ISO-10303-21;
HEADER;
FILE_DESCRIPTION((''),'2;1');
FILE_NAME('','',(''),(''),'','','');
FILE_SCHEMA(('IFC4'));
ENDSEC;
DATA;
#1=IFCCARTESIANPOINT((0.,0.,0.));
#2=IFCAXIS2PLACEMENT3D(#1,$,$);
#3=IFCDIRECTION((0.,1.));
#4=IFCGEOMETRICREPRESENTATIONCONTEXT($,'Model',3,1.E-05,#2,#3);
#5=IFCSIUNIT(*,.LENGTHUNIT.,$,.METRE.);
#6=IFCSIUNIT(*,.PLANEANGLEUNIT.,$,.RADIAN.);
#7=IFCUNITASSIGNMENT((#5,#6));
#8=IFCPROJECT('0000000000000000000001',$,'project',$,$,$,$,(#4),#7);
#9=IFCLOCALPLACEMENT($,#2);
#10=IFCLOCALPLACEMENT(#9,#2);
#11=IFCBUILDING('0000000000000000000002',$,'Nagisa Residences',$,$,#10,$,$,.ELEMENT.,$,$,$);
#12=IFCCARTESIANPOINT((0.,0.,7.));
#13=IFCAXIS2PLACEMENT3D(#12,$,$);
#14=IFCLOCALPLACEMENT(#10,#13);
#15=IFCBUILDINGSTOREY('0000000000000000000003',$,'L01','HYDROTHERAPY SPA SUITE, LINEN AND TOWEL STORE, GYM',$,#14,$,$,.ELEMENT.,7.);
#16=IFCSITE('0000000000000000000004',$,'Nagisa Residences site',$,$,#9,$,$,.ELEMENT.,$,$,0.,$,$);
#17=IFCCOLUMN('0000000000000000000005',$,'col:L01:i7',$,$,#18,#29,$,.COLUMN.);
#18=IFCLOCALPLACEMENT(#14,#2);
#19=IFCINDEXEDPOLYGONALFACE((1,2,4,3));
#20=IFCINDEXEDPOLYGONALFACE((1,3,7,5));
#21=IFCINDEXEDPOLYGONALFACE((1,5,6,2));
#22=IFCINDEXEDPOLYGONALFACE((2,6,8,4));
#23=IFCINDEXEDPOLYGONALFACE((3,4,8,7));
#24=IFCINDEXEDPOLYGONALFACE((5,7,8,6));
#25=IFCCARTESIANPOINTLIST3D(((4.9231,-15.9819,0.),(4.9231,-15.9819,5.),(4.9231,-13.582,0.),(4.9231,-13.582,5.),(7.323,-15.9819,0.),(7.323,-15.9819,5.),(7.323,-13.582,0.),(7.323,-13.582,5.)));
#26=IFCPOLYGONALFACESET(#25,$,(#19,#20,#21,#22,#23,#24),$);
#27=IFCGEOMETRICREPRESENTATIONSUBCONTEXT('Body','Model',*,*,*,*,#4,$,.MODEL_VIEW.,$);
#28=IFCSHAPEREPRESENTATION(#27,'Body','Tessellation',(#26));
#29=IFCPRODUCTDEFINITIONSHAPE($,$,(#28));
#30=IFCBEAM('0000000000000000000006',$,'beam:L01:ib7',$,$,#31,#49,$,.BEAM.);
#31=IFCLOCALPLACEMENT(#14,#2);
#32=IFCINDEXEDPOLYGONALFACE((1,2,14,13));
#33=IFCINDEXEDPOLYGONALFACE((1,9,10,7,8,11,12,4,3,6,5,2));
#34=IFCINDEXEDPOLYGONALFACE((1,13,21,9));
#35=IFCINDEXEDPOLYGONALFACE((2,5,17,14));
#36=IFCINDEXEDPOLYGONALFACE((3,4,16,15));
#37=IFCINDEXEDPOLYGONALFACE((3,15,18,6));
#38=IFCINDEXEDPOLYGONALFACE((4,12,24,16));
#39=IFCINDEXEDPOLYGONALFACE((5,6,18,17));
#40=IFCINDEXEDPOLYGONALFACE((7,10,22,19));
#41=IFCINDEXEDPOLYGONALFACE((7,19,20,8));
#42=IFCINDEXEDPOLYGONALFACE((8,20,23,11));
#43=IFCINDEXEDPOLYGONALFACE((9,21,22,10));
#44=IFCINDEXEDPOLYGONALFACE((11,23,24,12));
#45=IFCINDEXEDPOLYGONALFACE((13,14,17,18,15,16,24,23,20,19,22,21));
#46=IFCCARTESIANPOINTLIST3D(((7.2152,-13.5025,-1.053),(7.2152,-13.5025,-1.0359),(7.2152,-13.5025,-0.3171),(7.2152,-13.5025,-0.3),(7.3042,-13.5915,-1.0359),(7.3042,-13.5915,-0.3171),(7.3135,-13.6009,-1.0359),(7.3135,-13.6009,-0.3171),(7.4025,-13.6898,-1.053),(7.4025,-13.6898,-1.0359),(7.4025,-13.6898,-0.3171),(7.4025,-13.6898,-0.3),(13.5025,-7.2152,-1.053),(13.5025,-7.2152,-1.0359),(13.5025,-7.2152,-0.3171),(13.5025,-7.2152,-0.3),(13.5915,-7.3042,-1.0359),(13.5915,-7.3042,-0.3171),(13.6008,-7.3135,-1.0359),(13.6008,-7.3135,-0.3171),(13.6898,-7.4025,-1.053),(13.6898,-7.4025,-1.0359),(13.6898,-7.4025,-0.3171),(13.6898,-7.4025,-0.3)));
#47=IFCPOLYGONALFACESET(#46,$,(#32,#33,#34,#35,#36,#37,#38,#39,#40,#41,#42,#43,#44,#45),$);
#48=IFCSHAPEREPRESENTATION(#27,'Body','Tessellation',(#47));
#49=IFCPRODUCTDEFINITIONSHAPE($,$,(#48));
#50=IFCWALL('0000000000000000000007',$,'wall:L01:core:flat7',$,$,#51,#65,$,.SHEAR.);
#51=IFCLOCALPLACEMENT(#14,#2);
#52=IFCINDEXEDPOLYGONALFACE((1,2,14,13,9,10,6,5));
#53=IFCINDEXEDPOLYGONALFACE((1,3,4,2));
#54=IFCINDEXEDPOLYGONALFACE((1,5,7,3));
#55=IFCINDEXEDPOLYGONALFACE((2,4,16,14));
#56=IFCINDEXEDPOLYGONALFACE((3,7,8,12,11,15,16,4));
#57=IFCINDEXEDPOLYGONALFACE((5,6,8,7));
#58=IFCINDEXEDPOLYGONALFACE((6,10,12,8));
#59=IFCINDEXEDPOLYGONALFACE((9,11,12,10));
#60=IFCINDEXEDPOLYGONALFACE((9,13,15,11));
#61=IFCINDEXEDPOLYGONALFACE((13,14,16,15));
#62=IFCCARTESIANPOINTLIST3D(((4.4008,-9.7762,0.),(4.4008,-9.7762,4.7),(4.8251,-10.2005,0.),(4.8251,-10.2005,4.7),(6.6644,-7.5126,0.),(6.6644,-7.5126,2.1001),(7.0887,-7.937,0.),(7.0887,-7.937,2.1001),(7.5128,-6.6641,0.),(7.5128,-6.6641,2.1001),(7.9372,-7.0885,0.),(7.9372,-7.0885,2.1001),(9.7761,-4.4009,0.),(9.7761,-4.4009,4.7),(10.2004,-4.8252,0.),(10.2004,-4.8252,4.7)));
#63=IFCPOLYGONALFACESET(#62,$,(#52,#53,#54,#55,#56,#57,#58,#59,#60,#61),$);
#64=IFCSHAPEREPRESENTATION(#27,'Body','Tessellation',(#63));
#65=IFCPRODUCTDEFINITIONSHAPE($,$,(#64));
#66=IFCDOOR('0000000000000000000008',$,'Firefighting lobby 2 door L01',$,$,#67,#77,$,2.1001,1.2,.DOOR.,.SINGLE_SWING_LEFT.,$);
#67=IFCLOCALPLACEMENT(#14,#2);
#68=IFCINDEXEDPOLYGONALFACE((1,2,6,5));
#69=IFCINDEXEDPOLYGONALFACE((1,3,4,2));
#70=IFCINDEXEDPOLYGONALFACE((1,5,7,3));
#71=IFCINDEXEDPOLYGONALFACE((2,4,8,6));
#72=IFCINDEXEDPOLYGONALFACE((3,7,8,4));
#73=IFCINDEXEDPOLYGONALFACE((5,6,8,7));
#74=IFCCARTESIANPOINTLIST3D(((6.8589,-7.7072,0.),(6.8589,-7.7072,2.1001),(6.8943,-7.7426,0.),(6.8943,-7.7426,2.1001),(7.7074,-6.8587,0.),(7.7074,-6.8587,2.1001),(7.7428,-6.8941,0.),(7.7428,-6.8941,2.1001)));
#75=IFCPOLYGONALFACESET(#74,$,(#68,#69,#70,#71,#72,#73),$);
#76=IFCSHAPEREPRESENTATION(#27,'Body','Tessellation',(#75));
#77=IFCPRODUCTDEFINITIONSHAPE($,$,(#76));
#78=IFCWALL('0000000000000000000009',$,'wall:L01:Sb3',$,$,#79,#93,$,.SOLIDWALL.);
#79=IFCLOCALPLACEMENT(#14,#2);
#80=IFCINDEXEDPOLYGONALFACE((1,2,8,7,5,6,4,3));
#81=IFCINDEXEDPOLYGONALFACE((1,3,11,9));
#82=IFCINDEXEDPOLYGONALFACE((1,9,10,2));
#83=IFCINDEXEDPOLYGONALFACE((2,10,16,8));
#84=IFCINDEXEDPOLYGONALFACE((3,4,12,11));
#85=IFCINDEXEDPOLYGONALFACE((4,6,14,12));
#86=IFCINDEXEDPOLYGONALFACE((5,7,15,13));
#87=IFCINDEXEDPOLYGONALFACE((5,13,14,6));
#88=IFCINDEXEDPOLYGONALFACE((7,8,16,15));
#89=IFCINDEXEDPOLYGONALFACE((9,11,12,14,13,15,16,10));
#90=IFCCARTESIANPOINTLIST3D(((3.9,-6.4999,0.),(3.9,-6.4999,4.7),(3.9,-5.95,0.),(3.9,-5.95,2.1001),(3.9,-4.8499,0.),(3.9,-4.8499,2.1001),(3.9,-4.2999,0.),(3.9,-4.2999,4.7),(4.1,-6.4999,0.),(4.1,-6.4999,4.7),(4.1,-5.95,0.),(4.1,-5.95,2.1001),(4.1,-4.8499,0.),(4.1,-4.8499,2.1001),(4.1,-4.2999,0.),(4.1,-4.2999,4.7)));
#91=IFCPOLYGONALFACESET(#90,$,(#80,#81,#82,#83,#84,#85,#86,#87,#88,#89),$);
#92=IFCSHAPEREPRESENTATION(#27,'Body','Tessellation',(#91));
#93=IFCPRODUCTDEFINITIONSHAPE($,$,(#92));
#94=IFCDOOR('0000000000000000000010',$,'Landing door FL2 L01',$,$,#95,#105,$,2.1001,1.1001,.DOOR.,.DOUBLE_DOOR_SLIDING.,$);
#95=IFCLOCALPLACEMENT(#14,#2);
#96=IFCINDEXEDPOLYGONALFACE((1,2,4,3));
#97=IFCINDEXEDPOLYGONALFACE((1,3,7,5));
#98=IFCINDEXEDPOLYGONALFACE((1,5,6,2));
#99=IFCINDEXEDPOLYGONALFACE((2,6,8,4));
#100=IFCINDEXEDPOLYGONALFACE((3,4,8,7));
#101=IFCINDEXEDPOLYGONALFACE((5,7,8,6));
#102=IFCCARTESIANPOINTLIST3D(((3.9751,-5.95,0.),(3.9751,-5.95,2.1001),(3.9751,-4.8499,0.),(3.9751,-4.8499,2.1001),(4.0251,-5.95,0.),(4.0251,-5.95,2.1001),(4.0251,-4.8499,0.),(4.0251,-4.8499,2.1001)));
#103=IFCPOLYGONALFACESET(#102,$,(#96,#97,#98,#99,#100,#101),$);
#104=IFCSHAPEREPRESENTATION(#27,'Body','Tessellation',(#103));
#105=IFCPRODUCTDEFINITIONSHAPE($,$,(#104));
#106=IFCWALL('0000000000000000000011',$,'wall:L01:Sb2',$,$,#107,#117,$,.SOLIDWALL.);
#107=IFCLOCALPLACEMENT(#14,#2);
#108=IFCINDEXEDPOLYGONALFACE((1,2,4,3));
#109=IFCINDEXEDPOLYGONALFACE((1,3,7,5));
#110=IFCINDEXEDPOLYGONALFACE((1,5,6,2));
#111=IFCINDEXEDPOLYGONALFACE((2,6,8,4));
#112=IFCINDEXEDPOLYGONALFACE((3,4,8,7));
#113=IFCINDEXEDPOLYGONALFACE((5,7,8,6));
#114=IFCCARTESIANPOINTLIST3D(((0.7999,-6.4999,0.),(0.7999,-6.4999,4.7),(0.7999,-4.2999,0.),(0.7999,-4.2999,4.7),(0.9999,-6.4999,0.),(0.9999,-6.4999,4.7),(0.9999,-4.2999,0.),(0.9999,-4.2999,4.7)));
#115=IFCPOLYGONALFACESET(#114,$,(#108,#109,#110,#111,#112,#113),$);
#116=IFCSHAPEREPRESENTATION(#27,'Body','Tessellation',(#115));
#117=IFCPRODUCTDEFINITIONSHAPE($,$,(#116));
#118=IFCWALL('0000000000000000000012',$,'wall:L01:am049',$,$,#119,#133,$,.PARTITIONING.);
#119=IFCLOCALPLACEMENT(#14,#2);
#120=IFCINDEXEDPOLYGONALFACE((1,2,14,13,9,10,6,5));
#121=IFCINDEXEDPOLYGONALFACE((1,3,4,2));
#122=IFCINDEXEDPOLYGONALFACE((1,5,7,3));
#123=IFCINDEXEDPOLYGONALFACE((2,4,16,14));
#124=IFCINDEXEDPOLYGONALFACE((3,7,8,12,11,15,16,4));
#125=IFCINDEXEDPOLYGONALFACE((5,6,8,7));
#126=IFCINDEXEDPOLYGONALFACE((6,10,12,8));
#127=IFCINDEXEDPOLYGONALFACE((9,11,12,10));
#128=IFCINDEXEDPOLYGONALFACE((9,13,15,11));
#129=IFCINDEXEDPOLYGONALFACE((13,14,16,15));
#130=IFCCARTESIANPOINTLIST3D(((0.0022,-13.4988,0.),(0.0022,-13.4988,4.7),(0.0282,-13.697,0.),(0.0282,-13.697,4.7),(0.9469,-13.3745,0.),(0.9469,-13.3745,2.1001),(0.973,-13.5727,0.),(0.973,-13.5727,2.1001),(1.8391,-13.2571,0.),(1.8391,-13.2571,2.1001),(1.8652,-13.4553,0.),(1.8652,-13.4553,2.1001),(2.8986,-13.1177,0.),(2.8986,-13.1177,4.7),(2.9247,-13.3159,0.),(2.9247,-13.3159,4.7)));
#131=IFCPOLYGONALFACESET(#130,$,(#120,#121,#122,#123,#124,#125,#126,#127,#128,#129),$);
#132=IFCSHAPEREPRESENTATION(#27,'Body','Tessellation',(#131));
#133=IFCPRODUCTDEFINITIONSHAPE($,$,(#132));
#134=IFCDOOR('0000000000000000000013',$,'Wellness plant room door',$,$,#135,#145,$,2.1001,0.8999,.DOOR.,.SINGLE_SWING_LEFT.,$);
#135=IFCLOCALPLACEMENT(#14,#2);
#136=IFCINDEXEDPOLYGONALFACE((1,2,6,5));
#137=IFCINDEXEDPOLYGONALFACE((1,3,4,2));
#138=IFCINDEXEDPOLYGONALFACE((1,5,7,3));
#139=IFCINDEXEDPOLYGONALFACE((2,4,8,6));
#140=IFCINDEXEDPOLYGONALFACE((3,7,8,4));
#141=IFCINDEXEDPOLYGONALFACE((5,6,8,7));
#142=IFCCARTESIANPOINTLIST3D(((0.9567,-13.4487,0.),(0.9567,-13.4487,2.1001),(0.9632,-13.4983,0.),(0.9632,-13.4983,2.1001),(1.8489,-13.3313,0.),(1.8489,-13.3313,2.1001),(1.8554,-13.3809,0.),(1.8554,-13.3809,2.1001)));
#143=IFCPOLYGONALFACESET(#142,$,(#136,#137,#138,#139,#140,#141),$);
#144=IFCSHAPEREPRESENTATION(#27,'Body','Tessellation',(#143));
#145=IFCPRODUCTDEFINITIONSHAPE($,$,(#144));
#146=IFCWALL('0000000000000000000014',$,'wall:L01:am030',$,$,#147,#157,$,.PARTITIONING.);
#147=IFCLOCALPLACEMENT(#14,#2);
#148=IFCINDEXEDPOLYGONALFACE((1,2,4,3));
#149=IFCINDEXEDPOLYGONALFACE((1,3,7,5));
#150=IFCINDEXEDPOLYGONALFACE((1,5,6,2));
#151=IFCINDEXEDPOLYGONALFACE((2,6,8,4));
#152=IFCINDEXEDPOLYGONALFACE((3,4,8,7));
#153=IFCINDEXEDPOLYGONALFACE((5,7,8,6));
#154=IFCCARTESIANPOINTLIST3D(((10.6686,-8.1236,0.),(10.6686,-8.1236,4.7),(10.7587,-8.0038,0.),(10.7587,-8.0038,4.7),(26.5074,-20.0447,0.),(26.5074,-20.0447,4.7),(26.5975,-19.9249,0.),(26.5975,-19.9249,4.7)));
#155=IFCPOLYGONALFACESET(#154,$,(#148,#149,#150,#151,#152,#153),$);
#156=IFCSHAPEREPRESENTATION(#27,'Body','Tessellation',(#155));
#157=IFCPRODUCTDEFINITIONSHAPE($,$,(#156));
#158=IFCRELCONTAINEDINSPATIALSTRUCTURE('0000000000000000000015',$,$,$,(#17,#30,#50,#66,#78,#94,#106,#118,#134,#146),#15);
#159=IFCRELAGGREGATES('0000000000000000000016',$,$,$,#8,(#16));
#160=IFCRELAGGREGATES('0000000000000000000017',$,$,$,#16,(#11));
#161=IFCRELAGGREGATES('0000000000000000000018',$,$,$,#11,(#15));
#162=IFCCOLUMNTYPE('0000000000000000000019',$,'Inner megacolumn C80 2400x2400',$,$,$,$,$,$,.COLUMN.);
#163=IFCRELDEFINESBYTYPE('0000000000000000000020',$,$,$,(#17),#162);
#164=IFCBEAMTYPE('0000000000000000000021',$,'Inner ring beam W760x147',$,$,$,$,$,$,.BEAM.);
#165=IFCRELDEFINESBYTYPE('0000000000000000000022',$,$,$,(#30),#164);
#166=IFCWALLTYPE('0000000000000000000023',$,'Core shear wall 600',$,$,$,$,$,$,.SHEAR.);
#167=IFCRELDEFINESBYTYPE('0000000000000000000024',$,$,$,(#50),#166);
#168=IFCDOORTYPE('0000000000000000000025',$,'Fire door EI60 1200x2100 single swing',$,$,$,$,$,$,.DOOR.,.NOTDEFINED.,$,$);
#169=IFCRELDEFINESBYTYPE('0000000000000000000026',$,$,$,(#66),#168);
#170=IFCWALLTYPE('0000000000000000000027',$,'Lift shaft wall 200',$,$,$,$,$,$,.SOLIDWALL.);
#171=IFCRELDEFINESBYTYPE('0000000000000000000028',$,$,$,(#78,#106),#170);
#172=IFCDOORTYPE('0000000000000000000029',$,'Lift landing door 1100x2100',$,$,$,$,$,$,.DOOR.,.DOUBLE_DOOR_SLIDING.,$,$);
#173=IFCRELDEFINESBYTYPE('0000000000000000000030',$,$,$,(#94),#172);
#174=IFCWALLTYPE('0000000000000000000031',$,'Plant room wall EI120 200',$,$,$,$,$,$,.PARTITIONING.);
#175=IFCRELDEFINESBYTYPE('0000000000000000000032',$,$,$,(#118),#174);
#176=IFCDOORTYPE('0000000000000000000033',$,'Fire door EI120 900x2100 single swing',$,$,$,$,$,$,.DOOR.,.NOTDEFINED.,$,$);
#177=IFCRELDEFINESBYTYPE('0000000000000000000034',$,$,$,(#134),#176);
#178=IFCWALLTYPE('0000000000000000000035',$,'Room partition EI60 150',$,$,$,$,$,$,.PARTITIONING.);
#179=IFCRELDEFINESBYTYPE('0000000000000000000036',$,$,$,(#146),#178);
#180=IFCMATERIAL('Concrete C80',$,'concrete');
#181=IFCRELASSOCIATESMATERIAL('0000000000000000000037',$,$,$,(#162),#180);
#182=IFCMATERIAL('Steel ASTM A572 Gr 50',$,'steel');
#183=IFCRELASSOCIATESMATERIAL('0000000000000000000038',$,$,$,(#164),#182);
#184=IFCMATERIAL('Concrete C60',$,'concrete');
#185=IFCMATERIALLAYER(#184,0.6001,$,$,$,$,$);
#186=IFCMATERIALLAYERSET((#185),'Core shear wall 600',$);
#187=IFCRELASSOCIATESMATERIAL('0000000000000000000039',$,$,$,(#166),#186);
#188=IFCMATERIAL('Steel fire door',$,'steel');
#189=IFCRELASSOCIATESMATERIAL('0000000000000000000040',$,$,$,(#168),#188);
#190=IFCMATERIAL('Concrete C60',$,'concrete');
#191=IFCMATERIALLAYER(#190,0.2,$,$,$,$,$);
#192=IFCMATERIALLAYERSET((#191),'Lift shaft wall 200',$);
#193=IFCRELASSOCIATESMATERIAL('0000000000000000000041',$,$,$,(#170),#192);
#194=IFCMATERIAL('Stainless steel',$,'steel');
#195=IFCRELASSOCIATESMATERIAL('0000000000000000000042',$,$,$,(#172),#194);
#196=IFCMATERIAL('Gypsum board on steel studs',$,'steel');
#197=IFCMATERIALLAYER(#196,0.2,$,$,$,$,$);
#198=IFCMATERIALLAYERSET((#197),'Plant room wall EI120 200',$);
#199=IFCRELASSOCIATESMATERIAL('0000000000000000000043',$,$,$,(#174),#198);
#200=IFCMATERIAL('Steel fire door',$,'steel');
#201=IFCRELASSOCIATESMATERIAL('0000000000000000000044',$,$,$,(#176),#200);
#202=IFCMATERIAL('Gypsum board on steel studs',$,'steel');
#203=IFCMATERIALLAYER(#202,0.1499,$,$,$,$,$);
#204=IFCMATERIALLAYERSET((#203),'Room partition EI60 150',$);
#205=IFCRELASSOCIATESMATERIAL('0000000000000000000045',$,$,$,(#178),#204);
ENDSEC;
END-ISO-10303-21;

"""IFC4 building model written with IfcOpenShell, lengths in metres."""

from ifc_helpers import new_model, si_unit, direction, frame, frame_2d, origin, origin_2d, place, context, subcontext, project, spatial, rectangle, i_section, extrude, material, layer, layer_set, material_profile, profile_set, type_object, element, fill, save


model = new_model("IFC4")

# Units and contexts
model_context = context("Model", 3, precision=1e-05, world=origin(), true_north=direction((0.0, 1.0)))
body_context = subcontext(model_context, "Body", "Model", "MODEL_VIEW")
ifc_project = project(units=[si_unit("LENGTHUNIT", "METRE"), si_unit("PLANEANGLEUNIT", "RADIAN")], contexts=[model_context])

# Site, building, storey
site_placement = place(None, origin())
site = spatial("IfcSite", under=ifc_project, at=site_placement, Name="Nagisa Residences site", CompositionType="ELEMENT", RefElevation=0.0)
building_placement = place(site_placement, origin())
building = spatial("IfcBuilding", under=site, at=building_placement, Name="Nagisa Residences", CompositionType="ELEMENT")
storey_placement = place(building_placement, frame((0.0, 0.0, 7.0)))
storey = spatial("IfcBuildingStorey", under=building, at=storey_placement, Name="L01", Description="HYDROTHERAPY SPA SUITE, LINEN AND TOWEL STORE, GYM", CompositionType="ELEMENT", Elevation=7.0)

# Column
ifc_material_1 = material(Name="Concrete C80", Category="concrete")
ifc_material_profile_1 = material_profile(ifc_material_1, rectangle(XDim=2.3999, YDim=2.3999, at=origin_2d()), Name="C80 2400x2400")
ifc_profile_set_1 = profile_set([ifc_material_profile_1], Name="Concrete C80")
column_type = type_object("IfcColumnType", Name="Inner megacolumn C80 2400x2400", PredefinedType="COLUMN", material=ifc_profile_set_1)
column_placement = place(storey_placement, frame((6.123, -14.782, 0.0), z_axis=(0.0, 0.0, 1.0), x_axis=(1.0, 0.0, 0.0)))
element("IfcColumn", 1, at=column_placement, inside=storey, type_object=column_type, Name="col:L01:i7", PredefinedType="COLUMN", context=body_context, shape_type="SweptSolid", body=[
    extrude(rectangle(XDim=2.3999, YDim=2.3999, at=origin_2d()), origin(), (0.0, 0.0, 1.0), 5.0),
])

# Beam
ifc_material_2 = material(Name="Steel ASTM A572 Gr 50", Category="steel")
ifc_material_profile_2 = material_profile(ifc_material_2, i_section(OverallWidth=0.2649, OverallDepth=0.7529, WebThickness=0.0132, FlangeThickness=0.0171, at=origin_2d()), Name="W760x147")
ifc_profile_set_2 = profile_set([ifc_material_profile_2], Name="Steel ASTM A572 Gr 50")
beam_type = type_object("IfcBeamType", Name="Inner ring beam W760x147", PredefinedType="BEAM", material=ifc_profile_set_2)
beam_placement = place(storey_placement, frame((7.3088, -13.5962, -0.6765), z_axis=(0.707107, 0.707107, 0.0), x_axis=(-0.707107, 0.707107, 0.0)))
element("IfcBeam", 2, at=beam_placement, inside=storey, type_object=beam_type, Name="beam:L01:ib7", PredefinedType="BEAM", context=body_context, shape_type="SweptSolid", body=[
    extrude(i_section(OverallWidth=0.2649, OverallDepth=0.7529, WebThickness=0.0132, FlangeThickness=0.0171, at=origin_2d()), origin(), (0.0, 0.0, 1.0), 8.8916),
])

# Walls, openings, doors
ifc_material_3 = material(Name="Concrete C60", Category="concrete")
ifc_layer_1 = layer(ifc_material_3, 0.6001)
ifc_layer_set_1 = layer_set([ifc_layer_1], Name="Core shear wall 600")
wall_type_1 = type_object("IfcWallType", Name="Core shear wall 600", PredefinedType="SHEAR", material=ifc_layer_set_1)
wall_1_placement = place(storey_placement, frame((4.613, -9.9883, 0.0), z_axis=(0.0, 0.0, 1.0), x_axis=(0.707107, 0.707107, 0.0)))
wall_1 = element("IfcWall", 3, at=wall_1_placement, inside=storey, type_object=wall_type_1, Name="wall:L01:core:flat7", PredefinedType="SHEAR", context=body_context, shape_type="SweptSolid", body=[
    extrude(rectangle(XDim=7.6018, YDim=0.6001, at=frame_2d((3.8008, 0.0))), origin(), (0.0, 0.0, 1.0), 4.7),
])
opening_1_placement = place(wall_1_placement, frame((3.2009, 0.0, 0.0)))
opening_1 = element("IfcOpeningElement", 4, at=opening_1_placement, cuts=wall_1, PredefinedType="OPENING", context=body_context, shape_type="SweptSolid", body=[
    extrude(rectangle(XDim=1.2, YDim=2.1001, at=frame_2d((0.6001, 1.05))), frame((0.0, 0.3101, 0.0), z_axis=(0.0, -1.0, 0.0), x_axis=(1.0, 0.0, 0.0)), (0.0, 0.0, 1.0), 0.6201),
])
ifc_material_4 = material(Name="Steel fire door", Category="steel")
door_type_1 = type_object("IfcDoorType", Name="Fire door EI60 1200x2100 single swing", OperationType="NOTDEFINED", PredefinedType="DOOR", material=ifc_material_4)
door_1_placement = place(opening_1_placement, origin())
door_1 = element("IfcDoor", 5, at=door_1_placement, inside=storey, type_object=door_type_1, Name="Firefighting lobby 2 door L01", OperationType="SINGLE_SWING_LEFT", OverallHeight=2.1001, OverallWidth=1.2, PredefinedType="DOOR", context=body_context, shape_type="SweptSolid", body=[
    extrude(rectangle(XDim=1.2, YDim=2.1001, at=frame_2d((0.6001, 1.05))), frame((0.0, 0.0249, 0.0), z_axis=(0.0, -1.0, 0.0), x_axis=(1.0, 0.0, 0.0)), (0.0, 0.0, 1.0), 0.05),
])
fill(opening_1, door_1)
ifc_material_5 = material(Name="Concrete C60", Category="concrete")
ifc_layer_2 = layer(ifc_material_5, 0.2)
ifc_layer_set_2 = layer_set([ifc_layer_2], Name="Lift shaft wall 200")
wall_type_2 = type_object("IfcWallType", Name="Lift shaft wall 200", PredefinedType="SOLIDWALL", material=ifc_layer_set_2)
wall_2_placement = place(storey_placement, frame((4.0, -6.5, 0.0), z_axis=(0.0, 0.0, 1.0), x_axis=(0.0, 1.0, 0.0)))
wall_2 = element("IfcWall", 6, at=wall_2_placement, inside=storey, type_object=wall_type_2, Name="wall:L01:Sb3", PredefinedType="SOLIDWALL", context=body_context, shape_type="SweptSolid", body=[
    extrude(rectangle(XDim=2.2, YDim=0.2, at=frame_2d((1.1001, 0.0))), origin(), (0.0, 0.0, 1.0), 4.7),
])
opening_2_placement = place(wall_2_placement, frame((0.55, 0.0, 0.0)))
opening_2 = element("IfcOpeningElement", 7, at=opening_2_placement, cuts=wall_2, PredefinedType="OPENING", context=body_context, shape_type="SweptSolid", body=[
    extrude(rectangle(XDim=1.1001, YDim=2.1001, at=frame_2d((0.55, 1.05))), frame((0.0, 0.1099, 0.0), z_axis=(0.0, -1.0, 0.0), x_axis=(1.0, 0.0, 0.0)), (0.0, 0.0, 1.0), 0.22),
])
ifc_material_6 = material(Name="Stainless steel", Category="steel")
door_type_2 = type_object("IfcDoorType", Name="Lift landing door 1100x2100", OperationType="DOUBLE_DOOR_SLIDING", PredefinedType="DOOR", material=ifc_material_6)
door_2_placement = place(opening_2_placement, origin())
door_2 = element("IfcDoor", 8, at=door_2_placement, inside=storey, type_object=door_type_2, Name="Landing door FL2 L01", OperationType="DOUBLE_DOOR_SLIDING", OverallHeight=2.1001, OverallWidth=1.1001, PredefinedType="DOOR", context=body_context, shape_type="SweptSolid", body=[
    extrude(rectangle(XDim=1.1001, YDim=2.1001, at=frame_2d((0.55, 1.05))), frame((0.0, 0.0249, 0.0), z_axis=(0.0, -1.0, 0.0), x_axis=(1.0, 0.0, 0.0)), (0.0, 0.0, 1.0), 0.05),
])
fill(opening_2, door_2)

# Wall
wall_3_placement = place(storey_placement, frame((0.8999, -6.5, 0.0), z_axis=(0.0, 0.0, 1.0), x_axis=(0.0, 1.0, 0.0)))
element("IfcWall", 9, at=wall_3_placement, inside=storey, type_object=wall_type_2, Name="wall:L01:Sb2", PredefinedType="SOLIDWALL", context=body_context, shape_type="SweptSolid", body=[
    extrude(rectangle(XDim=2.2, YDim=0.2, at=frame_2d((1.1001, 0.0))), origin(), (0.0, 0.0, 1.0), 4.7),
])

# Wall, opening, door
ifc_material_7 = material(Name="Gypsum board on steel studs", Category="steel")
ifc_layer_3 = layer(ifc_material_7, 0.2)
ifc_layer_set_3 = layer_set([ifc_layer_3], Name="Plant room wall EI120 200")
wall_type_3 = type_object("IfcWallType", Name="Plant room wall EI120 200", PredefinedType="PARTITIONING", material=ifc_layer_set_3)
wall_4_placement = place(storey_placement, frame((2.9116, -13.2168, 0.0), z_axis=(0.0, 0.0, 1.0), x_axis=(-0.991455, -0.13045, 0.0)))
wall_4 = element("IfcWall", 10, at=wall_4_placement, inside=storey, type_object=wall_type_3, Name="wall:L01:am049", PredefinedType="PARTITIONING", context=body_context, shape_type="SweptSolid", body=[
    extrude(rectangle(XDim=2.9214, YDim=0.2, at=frame_2d((1.4607, 0.0))), origin(), (0.0, 0.0, 1.0), 4.7),
])
opening_3_placement = place(wall_4_placement, frame((1.0686, 0.0, 0.0)))
opening_3 = element("IfcOpeningElement", 11, at=opening_3_placement, cuts=wall_4, PredefinedType="OPENING", context=body_context, shape_type="SweptSolid", body=[
    extrude(rectangle(XDim=0.8999, YDim=2.1001, at=frame_2d((0.45, 1.05))), frame((0.0, 0.1099, 0.0), z_axis=(0.0, -1.0, 0.0), x_axis=(1.0, 0.0, 0.0)), (0.0, 0.0, 1.0), 0.22),
])
ifc_material_8 = material(Name="Steel fire door", Category="steel")
door_type_3 = type_object("IfcDoorType", Name="Fire door EI120 900x2100 single swing", OperationType="NOTDEFINED", PredefinedType="DOOR", material=ifc_material_8)
door_3_placement = place(opening_3_placement, origin())
door_3 = element("IfcDoor", 12, at=door_3_placement, inside=storey, type_object=door_type_3, Name="Wellness plant room door", OperationType="SINGLE_SWING_LEFT", OverallHeight=2.1001, OverallWidth=0.8999, PredefinedType="DOOR", context=body_context, shape_type="SweptSolid", body=[
    extrude(rectangle(XDim=0.8999, YDim=2.1001, at=frame_2d((0.45, 1.05))), frame((0.0, 0.0249, 0.0), z_axis=(0.0, -1.0, 0.0), x_axis=(1.0, 0.0, 0.0)), (0.0, 0.0, 1.0), 0.05),
])
fill(opening_3, door_3)

# Wall
ifc_material_9 = material(Name="Gypsum board on steel studs", Category="steel")
ifc_layer_4 = layer(ifc_material_9, 0.1499)
ifc_layer_set_4 = layer_set([ifc_layer_4], Name="Room partition EI60 150")
wall_type_4 = type_object("IfcWallType", Name="Room partition EI60 150", PredefinedType="PARTITIONING", material=ifc_layer_set_4)
wall_5_placement = place(storey_placement, frame((10.7136, -8.0637, 0.0), z_axis=(0.0, 0.0, 1.0), x_axis=(0.798982, -0.601355, 0.0)))
element("IfcWall", 13, at=wall_5_placement, inside=storey, type_object=wall_type_4, Name="wall:L01:am030", PredefinedType="PARTITIONING", context=body_context, shape_type="SweptSolid", body=[
    extrude(rectangle(XDim=19.8237, YDim=0.1499, at=frame_2d((9.9119, 0.0))), origin(), (0.0, 0.0, 1.0), 4.7),
])

save(model, "model.ifc")
